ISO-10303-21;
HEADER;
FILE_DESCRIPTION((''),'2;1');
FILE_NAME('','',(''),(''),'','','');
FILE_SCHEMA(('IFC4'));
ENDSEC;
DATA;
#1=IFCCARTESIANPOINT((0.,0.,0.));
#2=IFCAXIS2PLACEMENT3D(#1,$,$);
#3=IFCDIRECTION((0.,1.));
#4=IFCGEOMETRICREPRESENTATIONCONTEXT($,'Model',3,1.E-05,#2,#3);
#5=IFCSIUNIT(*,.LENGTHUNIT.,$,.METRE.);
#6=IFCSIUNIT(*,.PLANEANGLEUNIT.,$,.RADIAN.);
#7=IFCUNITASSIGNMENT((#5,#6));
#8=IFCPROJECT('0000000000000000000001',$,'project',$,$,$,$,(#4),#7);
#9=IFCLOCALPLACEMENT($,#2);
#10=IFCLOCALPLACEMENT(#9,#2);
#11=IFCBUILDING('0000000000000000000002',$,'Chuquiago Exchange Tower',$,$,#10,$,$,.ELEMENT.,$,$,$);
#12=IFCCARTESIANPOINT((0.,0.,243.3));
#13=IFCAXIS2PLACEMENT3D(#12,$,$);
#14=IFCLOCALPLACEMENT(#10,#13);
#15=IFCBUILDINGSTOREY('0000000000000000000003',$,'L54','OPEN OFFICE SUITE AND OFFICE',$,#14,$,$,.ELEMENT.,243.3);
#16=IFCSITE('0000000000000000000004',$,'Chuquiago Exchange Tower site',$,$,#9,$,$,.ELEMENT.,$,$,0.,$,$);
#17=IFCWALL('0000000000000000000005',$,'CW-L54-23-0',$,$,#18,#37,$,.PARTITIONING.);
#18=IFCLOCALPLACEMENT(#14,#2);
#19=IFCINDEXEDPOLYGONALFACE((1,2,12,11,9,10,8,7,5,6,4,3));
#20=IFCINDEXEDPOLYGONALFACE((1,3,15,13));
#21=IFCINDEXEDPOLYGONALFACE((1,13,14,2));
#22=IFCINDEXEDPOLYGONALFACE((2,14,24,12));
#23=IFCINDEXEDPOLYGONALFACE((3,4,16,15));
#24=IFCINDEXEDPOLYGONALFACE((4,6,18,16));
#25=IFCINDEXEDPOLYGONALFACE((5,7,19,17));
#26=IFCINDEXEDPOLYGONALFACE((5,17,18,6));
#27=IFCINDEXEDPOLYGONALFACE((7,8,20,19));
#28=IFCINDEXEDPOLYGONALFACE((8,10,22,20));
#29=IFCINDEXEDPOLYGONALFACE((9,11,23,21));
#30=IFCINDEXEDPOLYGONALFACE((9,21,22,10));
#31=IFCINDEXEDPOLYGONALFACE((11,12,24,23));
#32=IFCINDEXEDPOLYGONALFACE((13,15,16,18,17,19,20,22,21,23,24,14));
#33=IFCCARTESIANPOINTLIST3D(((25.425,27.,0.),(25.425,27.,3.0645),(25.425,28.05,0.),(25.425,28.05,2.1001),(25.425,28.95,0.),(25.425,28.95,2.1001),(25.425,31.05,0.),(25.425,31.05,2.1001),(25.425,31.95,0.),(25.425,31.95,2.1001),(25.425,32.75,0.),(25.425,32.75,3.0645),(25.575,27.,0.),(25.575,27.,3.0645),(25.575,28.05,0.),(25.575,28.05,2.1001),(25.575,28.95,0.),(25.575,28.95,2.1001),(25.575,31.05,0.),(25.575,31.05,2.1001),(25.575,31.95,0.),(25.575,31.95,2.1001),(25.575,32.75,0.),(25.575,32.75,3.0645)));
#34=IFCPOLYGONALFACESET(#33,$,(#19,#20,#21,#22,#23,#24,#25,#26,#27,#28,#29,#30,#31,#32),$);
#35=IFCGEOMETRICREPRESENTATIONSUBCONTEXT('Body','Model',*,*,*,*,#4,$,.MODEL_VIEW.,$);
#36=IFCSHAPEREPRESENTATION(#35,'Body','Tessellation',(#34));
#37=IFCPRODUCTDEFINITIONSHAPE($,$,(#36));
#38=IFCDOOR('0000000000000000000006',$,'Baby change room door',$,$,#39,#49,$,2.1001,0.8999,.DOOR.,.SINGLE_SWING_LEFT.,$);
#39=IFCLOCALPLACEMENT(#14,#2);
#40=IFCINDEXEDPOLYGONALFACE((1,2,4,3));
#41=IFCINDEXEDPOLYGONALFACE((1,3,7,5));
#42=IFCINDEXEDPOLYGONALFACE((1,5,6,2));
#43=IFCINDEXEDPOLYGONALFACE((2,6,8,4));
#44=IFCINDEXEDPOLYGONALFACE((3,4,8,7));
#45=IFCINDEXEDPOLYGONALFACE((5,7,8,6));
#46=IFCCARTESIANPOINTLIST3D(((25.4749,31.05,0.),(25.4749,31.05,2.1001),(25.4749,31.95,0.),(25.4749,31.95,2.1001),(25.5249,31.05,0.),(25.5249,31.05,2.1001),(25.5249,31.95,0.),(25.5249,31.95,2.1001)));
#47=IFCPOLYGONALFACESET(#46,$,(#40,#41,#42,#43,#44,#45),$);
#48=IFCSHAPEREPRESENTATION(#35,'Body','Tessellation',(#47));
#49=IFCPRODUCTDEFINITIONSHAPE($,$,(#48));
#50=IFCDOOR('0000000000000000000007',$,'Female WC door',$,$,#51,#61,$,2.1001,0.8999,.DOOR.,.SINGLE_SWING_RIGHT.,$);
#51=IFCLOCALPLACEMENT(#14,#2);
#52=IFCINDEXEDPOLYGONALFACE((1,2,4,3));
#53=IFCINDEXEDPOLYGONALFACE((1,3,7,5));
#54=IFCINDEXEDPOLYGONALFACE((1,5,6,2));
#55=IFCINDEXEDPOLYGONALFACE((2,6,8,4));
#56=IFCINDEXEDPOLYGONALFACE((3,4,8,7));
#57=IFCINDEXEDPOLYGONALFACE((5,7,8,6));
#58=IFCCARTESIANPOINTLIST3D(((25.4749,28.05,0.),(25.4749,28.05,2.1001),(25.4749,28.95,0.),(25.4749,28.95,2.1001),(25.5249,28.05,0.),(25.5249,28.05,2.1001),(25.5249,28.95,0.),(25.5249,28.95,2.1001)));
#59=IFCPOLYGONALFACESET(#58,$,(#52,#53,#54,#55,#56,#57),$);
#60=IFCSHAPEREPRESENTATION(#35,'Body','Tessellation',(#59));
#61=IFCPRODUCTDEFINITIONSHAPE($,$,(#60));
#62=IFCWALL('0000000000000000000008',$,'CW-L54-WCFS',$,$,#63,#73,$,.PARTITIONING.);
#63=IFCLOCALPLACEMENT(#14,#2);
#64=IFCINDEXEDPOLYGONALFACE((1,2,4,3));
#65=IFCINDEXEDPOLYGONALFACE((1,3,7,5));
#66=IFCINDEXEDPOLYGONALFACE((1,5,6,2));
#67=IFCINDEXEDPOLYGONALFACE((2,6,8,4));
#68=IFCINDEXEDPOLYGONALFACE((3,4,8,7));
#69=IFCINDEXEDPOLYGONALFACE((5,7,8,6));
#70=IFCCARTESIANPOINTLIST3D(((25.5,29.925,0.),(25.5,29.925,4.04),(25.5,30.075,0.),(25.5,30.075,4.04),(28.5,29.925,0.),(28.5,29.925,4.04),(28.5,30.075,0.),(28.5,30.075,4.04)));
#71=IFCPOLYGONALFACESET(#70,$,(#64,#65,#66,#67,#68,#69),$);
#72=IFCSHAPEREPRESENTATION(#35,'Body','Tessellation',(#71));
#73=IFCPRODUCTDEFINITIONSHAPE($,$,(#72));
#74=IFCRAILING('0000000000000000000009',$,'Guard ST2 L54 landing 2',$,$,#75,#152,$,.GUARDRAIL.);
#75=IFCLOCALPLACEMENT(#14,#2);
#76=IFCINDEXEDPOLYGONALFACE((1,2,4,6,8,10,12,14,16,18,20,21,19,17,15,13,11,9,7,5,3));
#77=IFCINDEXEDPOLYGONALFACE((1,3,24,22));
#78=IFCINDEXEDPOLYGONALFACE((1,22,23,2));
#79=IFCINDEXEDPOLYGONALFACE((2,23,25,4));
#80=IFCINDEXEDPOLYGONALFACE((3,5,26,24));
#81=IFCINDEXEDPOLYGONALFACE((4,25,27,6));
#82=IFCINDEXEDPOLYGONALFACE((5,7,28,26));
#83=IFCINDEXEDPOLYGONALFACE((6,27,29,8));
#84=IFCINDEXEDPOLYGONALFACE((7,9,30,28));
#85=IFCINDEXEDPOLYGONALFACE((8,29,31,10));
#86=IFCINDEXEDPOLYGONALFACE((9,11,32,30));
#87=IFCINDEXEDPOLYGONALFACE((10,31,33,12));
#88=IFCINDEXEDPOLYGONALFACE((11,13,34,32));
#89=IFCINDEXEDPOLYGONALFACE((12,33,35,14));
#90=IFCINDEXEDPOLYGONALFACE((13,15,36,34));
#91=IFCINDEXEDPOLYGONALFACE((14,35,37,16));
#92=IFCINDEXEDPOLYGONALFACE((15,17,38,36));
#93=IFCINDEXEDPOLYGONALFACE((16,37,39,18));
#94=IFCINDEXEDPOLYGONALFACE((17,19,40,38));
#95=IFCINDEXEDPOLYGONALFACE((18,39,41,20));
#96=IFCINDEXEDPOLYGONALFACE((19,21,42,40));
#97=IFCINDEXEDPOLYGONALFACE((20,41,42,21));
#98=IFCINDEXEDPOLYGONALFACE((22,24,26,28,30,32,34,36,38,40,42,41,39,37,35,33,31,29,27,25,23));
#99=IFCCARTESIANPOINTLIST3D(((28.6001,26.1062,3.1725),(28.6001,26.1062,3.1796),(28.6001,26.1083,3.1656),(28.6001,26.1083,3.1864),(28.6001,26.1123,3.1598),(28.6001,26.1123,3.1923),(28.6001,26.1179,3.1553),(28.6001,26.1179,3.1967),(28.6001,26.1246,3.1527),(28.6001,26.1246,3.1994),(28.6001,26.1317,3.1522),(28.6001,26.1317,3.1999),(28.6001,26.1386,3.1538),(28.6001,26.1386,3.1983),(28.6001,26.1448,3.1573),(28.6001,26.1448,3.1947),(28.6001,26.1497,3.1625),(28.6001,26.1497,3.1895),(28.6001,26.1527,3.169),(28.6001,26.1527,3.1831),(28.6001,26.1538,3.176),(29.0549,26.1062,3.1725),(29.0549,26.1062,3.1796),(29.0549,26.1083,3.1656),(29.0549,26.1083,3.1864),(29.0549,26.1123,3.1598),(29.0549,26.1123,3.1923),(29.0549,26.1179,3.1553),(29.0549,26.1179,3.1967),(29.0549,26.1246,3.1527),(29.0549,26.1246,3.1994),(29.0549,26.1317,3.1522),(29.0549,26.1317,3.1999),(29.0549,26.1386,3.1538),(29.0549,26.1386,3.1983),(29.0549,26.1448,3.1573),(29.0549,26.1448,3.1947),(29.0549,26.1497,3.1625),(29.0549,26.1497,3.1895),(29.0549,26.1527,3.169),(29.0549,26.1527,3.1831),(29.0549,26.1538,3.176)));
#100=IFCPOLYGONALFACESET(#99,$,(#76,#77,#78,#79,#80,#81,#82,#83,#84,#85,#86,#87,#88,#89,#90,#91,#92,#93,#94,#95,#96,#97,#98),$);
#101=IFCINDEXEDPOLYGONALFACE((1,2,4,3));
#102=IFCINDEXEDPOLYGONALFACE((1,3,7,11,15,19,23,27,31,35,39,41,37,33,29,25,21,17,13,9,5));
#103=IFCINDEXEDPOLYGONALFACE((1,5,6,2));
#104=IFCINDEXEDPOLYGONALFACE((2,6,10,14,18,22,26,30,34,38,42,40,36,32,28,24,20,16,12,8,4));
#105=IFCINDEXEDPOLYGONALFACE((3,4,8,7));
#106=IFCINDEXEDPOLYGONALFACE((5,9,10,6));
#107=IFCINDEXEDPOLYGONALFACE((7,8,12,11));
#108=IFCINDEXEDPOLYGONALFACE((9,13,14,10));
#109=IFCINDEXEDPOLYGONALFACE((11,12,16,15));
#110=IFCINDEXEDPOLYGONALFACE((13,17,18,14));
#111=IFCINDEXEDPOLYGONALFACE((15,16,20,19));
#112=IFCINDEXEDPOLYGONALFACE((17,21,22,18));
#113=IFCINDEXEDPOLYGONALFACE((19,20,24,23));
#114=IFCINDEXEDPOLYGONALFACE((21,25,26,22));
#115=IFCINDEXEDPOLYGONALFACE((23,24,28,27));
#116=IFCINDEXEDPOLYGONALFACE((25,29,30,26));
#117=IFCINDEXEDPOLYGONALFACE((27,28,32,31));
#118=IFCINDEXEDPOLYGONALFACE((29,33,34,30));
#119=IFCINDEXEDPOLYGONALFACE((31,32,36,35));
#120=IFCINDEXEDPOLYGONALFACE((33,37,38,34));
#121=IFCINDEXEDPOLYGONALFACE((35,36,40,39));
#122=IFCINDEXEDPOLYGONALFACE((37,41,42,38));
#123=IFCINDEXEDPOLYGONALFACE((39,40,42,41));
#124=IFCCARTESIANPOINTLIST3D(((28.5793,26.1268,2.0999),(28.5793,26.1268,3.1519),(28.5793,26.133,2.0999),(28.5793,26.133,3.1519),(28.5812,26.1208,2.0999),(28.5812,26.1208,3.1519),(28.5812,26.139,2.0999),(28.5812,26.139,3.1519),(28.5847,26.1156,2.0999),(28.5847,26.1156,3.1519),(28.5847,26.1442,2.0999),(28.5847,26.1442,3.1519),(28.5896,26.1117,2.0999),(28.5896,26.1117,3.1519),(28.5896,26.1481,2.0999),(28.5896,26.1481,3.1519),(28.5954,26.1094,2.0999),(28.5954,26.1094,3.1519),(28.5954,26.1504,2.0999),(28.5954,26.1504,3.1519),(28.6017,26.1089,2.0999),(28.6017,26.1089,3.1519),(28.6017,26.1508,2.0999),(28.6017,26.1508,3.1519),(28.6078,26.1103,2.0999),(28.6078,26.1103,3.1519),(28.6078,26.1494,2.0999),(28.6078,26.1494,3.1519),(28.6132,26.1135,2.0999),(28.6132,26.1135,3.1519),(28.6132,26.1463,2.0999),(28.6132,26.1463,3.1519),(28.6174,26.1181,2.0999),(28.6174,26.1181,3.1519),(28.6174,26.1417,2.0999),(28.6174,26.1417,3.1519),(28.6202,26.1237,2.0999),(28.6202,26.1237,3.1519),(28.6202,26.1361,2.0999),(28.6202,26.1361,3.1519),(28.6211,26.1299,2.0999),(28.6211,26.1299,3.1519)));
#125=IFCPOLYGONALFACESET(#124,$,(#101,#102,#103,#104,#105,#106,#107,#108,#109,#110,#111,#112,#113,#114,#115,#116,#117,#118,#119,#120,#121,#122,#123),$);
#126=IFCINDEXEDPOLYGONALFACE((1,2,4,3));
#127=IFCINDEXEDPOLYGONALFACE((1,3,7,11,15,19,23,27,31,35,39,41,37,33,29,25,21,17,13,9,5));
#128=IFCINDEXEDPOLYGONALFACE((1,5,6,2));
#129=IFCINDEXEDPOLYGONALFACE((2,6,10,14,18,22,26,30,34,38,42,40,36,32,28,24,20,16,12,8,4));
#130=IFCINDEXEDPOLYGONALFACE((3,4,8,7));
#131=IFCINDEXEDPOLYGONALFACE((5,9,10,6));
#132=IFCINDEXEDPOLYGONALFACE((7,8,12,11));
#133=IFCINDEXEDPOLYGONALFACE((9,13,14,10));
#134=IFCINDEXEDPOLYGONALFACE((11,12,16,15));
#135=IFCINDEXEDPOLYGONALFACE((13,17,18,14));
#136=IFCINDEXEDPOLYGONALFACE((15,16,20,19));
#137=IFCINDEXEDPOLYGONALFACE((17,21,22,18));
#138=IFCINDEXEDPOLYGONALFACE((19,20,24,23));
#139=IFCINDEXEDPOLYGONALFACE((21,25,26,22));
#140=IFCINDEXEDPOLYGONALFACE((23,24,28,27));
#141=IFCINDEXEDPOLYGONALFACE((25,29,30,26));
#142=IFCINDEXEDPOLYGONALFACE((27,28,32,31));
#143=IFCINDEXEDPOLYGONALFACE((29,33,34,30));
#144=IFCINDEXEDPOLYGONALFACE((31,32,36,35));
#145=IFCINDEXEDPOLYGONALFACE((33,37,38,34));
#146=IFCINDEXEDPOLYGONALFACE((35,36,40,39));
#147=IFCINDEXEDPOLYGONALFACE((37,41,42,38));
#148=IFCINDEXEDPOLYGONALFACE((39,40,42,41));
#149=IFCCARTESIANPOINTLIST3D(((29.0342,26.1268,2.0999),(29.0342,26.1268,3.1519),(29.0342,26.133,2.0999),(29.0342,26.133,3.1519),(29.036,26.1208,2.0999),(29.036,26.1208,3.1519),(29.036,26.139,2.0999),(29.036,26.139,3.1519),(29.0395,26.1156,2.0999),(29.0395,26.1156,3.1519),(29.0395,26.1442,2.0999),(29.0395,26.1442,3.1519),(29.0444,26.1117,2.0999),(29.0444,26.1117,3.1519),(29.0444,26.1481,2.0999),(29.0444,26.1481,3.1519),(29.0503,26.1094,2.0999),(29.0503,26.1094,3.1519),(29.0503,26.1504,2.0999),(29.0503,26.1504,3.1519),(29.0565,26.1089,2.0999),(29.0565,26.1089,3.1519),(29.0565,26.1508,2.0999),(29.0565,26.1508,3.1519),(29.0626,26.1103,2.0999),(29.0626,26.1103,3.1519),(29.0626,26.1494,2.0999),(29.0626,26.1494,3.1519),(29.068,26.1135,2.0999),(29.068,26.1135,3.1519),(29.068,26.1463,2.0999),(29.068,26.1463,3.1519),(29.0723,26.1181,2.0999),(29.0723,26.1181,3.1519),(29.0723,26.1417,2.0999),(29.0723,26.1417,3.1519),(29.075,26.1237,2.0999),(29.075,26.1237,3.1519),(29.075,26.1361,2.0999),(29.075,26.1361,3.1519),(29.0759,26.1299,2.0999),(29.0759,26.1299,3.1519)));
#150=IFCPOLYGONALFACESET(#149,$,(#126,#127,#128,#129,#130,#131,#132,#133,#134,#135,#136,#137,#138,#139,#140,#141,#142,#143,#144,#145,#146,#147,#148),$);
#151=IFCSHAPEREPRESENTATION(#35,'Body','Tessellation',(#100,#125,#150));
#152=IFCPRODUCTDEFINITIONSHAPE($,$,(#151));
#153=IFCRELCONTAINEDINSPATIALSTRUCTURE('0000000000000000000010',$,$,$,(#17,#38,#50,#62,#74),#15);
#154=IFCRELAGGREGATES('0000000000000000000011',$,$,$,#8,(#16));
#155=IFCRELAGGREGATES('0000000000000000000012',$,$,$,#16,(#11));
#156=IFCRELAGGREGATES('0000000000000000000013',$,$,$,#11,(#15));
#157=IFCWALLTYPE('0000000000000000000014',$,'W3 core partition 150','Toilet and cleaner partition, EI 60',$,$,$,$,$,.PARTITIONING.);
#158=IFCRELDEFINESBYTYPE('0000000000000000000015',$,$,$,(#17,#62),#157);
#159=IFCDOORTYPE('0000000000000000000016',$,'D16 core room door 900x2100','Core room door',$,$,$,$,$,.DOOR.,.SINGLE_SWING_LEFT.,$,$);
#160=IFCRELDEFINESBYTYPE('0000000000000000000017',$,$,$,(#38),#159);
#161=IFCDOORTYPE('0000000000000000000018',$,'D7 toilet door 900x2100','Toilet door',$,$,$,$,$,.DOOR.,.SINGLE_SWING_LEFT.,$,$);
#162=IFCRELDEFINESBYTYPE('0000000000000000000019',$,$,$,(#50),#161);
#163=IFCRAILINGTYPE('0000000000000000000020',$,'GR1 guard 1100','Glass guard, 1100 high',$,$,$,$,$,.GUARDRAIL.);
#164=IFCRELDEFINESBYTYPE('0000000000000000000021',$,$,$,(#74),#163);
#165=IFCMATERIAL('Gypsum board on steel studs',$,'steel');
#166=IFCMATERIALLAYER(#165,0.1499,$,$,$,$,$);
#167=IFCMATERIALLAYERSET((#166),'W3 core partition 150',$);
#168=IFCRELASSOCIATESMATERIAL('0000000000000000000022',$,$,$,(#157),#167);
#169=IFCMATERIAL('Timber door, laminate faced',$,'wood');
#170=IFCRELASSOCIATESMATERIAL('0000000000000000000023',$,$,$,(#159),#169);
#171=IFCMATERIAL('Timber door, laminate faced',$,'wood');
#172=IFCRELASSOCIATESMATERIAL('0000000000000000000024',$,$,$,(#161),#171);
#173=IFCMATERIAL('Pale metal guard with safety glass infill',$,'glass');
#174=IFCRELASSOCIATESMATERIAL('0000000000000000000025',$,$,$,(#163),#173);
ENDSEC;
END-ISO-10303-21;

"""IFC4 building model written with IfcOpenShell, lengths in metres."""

from ifc_helpers import new_model, si_unit, direction, frame, frame_2d, origin, origin_2d, place, context, subcontext, project, spatial, rectangle, circle, extrude, material, layer, layer_set, type_object, element, fill, save


model = new_model("IFC4")

# Units and contexts
model_context = context("Model", 3, precision=1e-05, world=origin(), true_north=direction((0.0, 1.0)))
body_context = subcontext(model_context, "Body", "Model", "MODEL_VIEW")
ifc_project = project(units=[si_unit("LENGTHUNIT", "METRE"), si_unit("PLANEANGLEUNIT", "RADIAN")], contexts=[model_context])

# Site, building, storey
site_placement = place(None, origin())
site = spatial("IfcSite", under=ifc_project, at=site_placement, Name="Chuquiago Exchange Tower site", CompositionType="ELEMENT", RefElevation=0.0)
building_placement = place(site_placement, origin())
building = spatial("IfcBuilding", under=site, at=building_placement, Name="Chuquiago Exchange Tower", CompositionType="ELEMENT")
storey_placement = place(building_placement, frame((0.0, 0.0, 243.3)))
storey = spatial("IfcBuildingStorey", under=building, at=storey_placement, Name="L54", Description="OPEN OFFICE SUITE AND OFFICE", CompositionType="ELEMENT", Elevation=243.3)

# Wall, openings, doors
ifc_material_1 = material(Name="Gypsum board on steel studs", Category="steel")
ifc_layer_1 = layer(ifc_material_1, 0.1499)
ifc_layer_set_1 = layer_set([ifc_layer_1], Name="W3 core partition 150")
wall_type_1 = type_object("IfcWallType", Name="W3 core partition 150", Description="Toilet and cleaner partition, EI 60", PredefinedType="PARTITIONING", material=ifc_layer_set_1)
ifc_material_2 = material(Name="Timber door, laminate faced", Category="wood")
door_type_1 = type_object("IfcDoorType", Name="D16 core room door 900x2100", Description="Core room door", OperationType="SINGLE_SWING_LEFT", PredefinedType="DOOR", material=ifc_material_2)
ifc_material_3 = material(Name="Timber door, laminate faced", Category="wood")
door_type_2 = type_object("IfcDoorType", Name="D7 toilet door 900x2100", Description="Toilet door", OperationType="SINGLE_SWING_LEFT", PredefinedType="DOOR", material=ifc_material_3)
wall_1_placement = place(storey_placement, frame((25.5, 27.0, 0.0), z_axis=(0.0, 0.0, 1.0), x_axis=(0.0, 1.0, 0.0)))
wall_1 = element("IfcWall", 1, at=wall_1_placement, inside=storey, type_object=wall_type_1, Name="CW-L54-23-0", PredefinedType="PARTITIONING", context=body_context, shape_type="SweptSolid", body=[
    extrude(rectangle(XDim=5.75, YDim=0.1499, at=frame_2d((2.875, 0.0))), origin(), (0.0, 0.0, 1.0), 3.0645),
])
opening_1_placement = place(wall_1_placement, frame((1.05, 0.0, 0.0)))
opening_1 = element("IfcOpeningElement", 2, at=opening_1_placement, cuts=wall_1, PredefinedType="OPENING", context=body_context, shape_type="SweptSolid", body=[
    extrude(rectangle(XDim=0.8999, YDim=2.1001, at=frame_2d((0.45, 1.05))), frame((0.0, 0.085, 0.0), z_axis=(0.0, -1.0, 0.0), x_axis=(1.0, 0.0, 0.0)), (0.0, 0.0, 1.0), 0.1699),
])
opening_2_placement = place(wall_1_placement, frame((4.05, 0.0, 0.0)))
opening_2 = element("IfcOpeningElement", 3, at=opening_2_placement, cuts=wall_1, PredefinedType="OPENING", context=body_context, shape_type="SweptSolid", body=[
    extrude(rectangle(XDim=0.8999, YDim=2.1001, at=frame_2d((0.45, 1.05))), frame((0.0, 0.085, 0.0), z_axis=(0.0, -1.0, 0.0), x_axis=(1.0, 0.0, 0.0)), (0.0, 0.0, 1.0), 0.1699),
])
door_1_placement = place(opening_2_placement, frame((0.8999, 0.0, 0.0), z_axis=(0.0, 0.0, 1.0), x_axis=(-1.0, 0.0, 0.0)))
door_1 = element("IfcDoor", 4, at=door_1_placement, inside=storey, type_object=door_type_1, Name="Baby change room door", OperationType="SINGLE_SWING_LEFT", OverallHeight=2.1001, OverallWidth=0.8999, PredefinedType="DOOR", context=body_context, shape_type="SweptSolid", body=[
    extrude(rectangle(XDim=0.8999, YDim=2.1001, at=frame_2d((0.45, 1.05))), frame((0.0, 0.0249, 0.0), z_axis=(0.0, -1.0, 0.0), x_axis=(1.0, 0.0, 0.0)), (0.0, 0.0, 1.0), 0.05),
])
fill(opening_2, door_1)
door_2_placement = place(opening_1_placement, frame((0.8999, 0.0, 0.0), z_axis=(0.0, 0.0, 1.0), x_axis=(-1.0, 0.0, 0.0)))
door_2 = element("IfcDoor", 5, at=door_2_placement, inside=storey, type_object=door_type_2, Name="Female WC door", OperationType="SINGLE_SWING_RIGHT", OverallHeight=2.1001, OverallWidth=0.8999, PredefinedType="DOOR", context=body_context, shape_type="SweptSolid", body=[
    extrude(rectangle(XDim=0.8999, YDim=2.1001, at=frame_2d((0.45, 1.05))), frame((0.0, 0.0249, 0.0), z_axis=(0.0, -1.0, 0.0), x_axis=(1.0, 0.0, 0.0)), (0.0, 0.0, 1.0), 0.05),
])
fill(opening_1, door_2)

# Wall
wall_2_placement = place(storey_placement, frame((25.5, 30.0, 0.0), z_axis=(0.0, 0.0, 1.0), x_axis=(1.0, 0.0, 0.0)))
element("IfcWall", 6, at=wall_2_placement, inside=storey, type_object=wall_type_1, Name="CW-L54-WCFS", PredefinedType="PARTITIONING", context=body_context, shape_type="SweptSolid", body=[
    extrude(rectangle(XDim=3.0, YDim=0.1499, at=frame_2d((1.5, 0.0))), origin(), (0.0, 0.0, 1.0), 4.04),
])

# Railing
ifc_material_4 = material(Name="Pale metal guard with safety glass infill", Category="glass")
railing_type_1 = type_object("IfcRailingType", Name="GR1 guard 1100", Description="Glass guard, 1100 high", PredefinedType="GUARDRAIL", material=ifc_material_4)
railing_placement = place(storey_placement, frame((28.6001, 26.1299, 2.0999)))
element("IfcRailing", 7, at=railing_placement, inside=storey, type_object=railing_type_1, Name="Guard ST2 L54 landing 2", PredefinedType="GUARDRAIL", context=body_context, shape_type="SweptSolid", body=[
    extrude(circle(Radius=0.0239, at=origin_2d()), frame((0.0, 0.0, 1.0762), z_axis=(1.0, 0.0, 0.0), x_axis=(0.0, 1.0, 0.0)), (0.0, 0.0, 1.0), 0.4548),
    extrude(circle(Radius=0.021, at=origin_2d()), origin(), (0.0, 0.0, 1.0), 1.052),
    extrude(circle(Radius=0.021, at=origin_2d()), frame((0.4548, 0.0, 0.0)), (0.0, 0.0, 1.0), 1.052),
])

save(model, "model.ifc")
